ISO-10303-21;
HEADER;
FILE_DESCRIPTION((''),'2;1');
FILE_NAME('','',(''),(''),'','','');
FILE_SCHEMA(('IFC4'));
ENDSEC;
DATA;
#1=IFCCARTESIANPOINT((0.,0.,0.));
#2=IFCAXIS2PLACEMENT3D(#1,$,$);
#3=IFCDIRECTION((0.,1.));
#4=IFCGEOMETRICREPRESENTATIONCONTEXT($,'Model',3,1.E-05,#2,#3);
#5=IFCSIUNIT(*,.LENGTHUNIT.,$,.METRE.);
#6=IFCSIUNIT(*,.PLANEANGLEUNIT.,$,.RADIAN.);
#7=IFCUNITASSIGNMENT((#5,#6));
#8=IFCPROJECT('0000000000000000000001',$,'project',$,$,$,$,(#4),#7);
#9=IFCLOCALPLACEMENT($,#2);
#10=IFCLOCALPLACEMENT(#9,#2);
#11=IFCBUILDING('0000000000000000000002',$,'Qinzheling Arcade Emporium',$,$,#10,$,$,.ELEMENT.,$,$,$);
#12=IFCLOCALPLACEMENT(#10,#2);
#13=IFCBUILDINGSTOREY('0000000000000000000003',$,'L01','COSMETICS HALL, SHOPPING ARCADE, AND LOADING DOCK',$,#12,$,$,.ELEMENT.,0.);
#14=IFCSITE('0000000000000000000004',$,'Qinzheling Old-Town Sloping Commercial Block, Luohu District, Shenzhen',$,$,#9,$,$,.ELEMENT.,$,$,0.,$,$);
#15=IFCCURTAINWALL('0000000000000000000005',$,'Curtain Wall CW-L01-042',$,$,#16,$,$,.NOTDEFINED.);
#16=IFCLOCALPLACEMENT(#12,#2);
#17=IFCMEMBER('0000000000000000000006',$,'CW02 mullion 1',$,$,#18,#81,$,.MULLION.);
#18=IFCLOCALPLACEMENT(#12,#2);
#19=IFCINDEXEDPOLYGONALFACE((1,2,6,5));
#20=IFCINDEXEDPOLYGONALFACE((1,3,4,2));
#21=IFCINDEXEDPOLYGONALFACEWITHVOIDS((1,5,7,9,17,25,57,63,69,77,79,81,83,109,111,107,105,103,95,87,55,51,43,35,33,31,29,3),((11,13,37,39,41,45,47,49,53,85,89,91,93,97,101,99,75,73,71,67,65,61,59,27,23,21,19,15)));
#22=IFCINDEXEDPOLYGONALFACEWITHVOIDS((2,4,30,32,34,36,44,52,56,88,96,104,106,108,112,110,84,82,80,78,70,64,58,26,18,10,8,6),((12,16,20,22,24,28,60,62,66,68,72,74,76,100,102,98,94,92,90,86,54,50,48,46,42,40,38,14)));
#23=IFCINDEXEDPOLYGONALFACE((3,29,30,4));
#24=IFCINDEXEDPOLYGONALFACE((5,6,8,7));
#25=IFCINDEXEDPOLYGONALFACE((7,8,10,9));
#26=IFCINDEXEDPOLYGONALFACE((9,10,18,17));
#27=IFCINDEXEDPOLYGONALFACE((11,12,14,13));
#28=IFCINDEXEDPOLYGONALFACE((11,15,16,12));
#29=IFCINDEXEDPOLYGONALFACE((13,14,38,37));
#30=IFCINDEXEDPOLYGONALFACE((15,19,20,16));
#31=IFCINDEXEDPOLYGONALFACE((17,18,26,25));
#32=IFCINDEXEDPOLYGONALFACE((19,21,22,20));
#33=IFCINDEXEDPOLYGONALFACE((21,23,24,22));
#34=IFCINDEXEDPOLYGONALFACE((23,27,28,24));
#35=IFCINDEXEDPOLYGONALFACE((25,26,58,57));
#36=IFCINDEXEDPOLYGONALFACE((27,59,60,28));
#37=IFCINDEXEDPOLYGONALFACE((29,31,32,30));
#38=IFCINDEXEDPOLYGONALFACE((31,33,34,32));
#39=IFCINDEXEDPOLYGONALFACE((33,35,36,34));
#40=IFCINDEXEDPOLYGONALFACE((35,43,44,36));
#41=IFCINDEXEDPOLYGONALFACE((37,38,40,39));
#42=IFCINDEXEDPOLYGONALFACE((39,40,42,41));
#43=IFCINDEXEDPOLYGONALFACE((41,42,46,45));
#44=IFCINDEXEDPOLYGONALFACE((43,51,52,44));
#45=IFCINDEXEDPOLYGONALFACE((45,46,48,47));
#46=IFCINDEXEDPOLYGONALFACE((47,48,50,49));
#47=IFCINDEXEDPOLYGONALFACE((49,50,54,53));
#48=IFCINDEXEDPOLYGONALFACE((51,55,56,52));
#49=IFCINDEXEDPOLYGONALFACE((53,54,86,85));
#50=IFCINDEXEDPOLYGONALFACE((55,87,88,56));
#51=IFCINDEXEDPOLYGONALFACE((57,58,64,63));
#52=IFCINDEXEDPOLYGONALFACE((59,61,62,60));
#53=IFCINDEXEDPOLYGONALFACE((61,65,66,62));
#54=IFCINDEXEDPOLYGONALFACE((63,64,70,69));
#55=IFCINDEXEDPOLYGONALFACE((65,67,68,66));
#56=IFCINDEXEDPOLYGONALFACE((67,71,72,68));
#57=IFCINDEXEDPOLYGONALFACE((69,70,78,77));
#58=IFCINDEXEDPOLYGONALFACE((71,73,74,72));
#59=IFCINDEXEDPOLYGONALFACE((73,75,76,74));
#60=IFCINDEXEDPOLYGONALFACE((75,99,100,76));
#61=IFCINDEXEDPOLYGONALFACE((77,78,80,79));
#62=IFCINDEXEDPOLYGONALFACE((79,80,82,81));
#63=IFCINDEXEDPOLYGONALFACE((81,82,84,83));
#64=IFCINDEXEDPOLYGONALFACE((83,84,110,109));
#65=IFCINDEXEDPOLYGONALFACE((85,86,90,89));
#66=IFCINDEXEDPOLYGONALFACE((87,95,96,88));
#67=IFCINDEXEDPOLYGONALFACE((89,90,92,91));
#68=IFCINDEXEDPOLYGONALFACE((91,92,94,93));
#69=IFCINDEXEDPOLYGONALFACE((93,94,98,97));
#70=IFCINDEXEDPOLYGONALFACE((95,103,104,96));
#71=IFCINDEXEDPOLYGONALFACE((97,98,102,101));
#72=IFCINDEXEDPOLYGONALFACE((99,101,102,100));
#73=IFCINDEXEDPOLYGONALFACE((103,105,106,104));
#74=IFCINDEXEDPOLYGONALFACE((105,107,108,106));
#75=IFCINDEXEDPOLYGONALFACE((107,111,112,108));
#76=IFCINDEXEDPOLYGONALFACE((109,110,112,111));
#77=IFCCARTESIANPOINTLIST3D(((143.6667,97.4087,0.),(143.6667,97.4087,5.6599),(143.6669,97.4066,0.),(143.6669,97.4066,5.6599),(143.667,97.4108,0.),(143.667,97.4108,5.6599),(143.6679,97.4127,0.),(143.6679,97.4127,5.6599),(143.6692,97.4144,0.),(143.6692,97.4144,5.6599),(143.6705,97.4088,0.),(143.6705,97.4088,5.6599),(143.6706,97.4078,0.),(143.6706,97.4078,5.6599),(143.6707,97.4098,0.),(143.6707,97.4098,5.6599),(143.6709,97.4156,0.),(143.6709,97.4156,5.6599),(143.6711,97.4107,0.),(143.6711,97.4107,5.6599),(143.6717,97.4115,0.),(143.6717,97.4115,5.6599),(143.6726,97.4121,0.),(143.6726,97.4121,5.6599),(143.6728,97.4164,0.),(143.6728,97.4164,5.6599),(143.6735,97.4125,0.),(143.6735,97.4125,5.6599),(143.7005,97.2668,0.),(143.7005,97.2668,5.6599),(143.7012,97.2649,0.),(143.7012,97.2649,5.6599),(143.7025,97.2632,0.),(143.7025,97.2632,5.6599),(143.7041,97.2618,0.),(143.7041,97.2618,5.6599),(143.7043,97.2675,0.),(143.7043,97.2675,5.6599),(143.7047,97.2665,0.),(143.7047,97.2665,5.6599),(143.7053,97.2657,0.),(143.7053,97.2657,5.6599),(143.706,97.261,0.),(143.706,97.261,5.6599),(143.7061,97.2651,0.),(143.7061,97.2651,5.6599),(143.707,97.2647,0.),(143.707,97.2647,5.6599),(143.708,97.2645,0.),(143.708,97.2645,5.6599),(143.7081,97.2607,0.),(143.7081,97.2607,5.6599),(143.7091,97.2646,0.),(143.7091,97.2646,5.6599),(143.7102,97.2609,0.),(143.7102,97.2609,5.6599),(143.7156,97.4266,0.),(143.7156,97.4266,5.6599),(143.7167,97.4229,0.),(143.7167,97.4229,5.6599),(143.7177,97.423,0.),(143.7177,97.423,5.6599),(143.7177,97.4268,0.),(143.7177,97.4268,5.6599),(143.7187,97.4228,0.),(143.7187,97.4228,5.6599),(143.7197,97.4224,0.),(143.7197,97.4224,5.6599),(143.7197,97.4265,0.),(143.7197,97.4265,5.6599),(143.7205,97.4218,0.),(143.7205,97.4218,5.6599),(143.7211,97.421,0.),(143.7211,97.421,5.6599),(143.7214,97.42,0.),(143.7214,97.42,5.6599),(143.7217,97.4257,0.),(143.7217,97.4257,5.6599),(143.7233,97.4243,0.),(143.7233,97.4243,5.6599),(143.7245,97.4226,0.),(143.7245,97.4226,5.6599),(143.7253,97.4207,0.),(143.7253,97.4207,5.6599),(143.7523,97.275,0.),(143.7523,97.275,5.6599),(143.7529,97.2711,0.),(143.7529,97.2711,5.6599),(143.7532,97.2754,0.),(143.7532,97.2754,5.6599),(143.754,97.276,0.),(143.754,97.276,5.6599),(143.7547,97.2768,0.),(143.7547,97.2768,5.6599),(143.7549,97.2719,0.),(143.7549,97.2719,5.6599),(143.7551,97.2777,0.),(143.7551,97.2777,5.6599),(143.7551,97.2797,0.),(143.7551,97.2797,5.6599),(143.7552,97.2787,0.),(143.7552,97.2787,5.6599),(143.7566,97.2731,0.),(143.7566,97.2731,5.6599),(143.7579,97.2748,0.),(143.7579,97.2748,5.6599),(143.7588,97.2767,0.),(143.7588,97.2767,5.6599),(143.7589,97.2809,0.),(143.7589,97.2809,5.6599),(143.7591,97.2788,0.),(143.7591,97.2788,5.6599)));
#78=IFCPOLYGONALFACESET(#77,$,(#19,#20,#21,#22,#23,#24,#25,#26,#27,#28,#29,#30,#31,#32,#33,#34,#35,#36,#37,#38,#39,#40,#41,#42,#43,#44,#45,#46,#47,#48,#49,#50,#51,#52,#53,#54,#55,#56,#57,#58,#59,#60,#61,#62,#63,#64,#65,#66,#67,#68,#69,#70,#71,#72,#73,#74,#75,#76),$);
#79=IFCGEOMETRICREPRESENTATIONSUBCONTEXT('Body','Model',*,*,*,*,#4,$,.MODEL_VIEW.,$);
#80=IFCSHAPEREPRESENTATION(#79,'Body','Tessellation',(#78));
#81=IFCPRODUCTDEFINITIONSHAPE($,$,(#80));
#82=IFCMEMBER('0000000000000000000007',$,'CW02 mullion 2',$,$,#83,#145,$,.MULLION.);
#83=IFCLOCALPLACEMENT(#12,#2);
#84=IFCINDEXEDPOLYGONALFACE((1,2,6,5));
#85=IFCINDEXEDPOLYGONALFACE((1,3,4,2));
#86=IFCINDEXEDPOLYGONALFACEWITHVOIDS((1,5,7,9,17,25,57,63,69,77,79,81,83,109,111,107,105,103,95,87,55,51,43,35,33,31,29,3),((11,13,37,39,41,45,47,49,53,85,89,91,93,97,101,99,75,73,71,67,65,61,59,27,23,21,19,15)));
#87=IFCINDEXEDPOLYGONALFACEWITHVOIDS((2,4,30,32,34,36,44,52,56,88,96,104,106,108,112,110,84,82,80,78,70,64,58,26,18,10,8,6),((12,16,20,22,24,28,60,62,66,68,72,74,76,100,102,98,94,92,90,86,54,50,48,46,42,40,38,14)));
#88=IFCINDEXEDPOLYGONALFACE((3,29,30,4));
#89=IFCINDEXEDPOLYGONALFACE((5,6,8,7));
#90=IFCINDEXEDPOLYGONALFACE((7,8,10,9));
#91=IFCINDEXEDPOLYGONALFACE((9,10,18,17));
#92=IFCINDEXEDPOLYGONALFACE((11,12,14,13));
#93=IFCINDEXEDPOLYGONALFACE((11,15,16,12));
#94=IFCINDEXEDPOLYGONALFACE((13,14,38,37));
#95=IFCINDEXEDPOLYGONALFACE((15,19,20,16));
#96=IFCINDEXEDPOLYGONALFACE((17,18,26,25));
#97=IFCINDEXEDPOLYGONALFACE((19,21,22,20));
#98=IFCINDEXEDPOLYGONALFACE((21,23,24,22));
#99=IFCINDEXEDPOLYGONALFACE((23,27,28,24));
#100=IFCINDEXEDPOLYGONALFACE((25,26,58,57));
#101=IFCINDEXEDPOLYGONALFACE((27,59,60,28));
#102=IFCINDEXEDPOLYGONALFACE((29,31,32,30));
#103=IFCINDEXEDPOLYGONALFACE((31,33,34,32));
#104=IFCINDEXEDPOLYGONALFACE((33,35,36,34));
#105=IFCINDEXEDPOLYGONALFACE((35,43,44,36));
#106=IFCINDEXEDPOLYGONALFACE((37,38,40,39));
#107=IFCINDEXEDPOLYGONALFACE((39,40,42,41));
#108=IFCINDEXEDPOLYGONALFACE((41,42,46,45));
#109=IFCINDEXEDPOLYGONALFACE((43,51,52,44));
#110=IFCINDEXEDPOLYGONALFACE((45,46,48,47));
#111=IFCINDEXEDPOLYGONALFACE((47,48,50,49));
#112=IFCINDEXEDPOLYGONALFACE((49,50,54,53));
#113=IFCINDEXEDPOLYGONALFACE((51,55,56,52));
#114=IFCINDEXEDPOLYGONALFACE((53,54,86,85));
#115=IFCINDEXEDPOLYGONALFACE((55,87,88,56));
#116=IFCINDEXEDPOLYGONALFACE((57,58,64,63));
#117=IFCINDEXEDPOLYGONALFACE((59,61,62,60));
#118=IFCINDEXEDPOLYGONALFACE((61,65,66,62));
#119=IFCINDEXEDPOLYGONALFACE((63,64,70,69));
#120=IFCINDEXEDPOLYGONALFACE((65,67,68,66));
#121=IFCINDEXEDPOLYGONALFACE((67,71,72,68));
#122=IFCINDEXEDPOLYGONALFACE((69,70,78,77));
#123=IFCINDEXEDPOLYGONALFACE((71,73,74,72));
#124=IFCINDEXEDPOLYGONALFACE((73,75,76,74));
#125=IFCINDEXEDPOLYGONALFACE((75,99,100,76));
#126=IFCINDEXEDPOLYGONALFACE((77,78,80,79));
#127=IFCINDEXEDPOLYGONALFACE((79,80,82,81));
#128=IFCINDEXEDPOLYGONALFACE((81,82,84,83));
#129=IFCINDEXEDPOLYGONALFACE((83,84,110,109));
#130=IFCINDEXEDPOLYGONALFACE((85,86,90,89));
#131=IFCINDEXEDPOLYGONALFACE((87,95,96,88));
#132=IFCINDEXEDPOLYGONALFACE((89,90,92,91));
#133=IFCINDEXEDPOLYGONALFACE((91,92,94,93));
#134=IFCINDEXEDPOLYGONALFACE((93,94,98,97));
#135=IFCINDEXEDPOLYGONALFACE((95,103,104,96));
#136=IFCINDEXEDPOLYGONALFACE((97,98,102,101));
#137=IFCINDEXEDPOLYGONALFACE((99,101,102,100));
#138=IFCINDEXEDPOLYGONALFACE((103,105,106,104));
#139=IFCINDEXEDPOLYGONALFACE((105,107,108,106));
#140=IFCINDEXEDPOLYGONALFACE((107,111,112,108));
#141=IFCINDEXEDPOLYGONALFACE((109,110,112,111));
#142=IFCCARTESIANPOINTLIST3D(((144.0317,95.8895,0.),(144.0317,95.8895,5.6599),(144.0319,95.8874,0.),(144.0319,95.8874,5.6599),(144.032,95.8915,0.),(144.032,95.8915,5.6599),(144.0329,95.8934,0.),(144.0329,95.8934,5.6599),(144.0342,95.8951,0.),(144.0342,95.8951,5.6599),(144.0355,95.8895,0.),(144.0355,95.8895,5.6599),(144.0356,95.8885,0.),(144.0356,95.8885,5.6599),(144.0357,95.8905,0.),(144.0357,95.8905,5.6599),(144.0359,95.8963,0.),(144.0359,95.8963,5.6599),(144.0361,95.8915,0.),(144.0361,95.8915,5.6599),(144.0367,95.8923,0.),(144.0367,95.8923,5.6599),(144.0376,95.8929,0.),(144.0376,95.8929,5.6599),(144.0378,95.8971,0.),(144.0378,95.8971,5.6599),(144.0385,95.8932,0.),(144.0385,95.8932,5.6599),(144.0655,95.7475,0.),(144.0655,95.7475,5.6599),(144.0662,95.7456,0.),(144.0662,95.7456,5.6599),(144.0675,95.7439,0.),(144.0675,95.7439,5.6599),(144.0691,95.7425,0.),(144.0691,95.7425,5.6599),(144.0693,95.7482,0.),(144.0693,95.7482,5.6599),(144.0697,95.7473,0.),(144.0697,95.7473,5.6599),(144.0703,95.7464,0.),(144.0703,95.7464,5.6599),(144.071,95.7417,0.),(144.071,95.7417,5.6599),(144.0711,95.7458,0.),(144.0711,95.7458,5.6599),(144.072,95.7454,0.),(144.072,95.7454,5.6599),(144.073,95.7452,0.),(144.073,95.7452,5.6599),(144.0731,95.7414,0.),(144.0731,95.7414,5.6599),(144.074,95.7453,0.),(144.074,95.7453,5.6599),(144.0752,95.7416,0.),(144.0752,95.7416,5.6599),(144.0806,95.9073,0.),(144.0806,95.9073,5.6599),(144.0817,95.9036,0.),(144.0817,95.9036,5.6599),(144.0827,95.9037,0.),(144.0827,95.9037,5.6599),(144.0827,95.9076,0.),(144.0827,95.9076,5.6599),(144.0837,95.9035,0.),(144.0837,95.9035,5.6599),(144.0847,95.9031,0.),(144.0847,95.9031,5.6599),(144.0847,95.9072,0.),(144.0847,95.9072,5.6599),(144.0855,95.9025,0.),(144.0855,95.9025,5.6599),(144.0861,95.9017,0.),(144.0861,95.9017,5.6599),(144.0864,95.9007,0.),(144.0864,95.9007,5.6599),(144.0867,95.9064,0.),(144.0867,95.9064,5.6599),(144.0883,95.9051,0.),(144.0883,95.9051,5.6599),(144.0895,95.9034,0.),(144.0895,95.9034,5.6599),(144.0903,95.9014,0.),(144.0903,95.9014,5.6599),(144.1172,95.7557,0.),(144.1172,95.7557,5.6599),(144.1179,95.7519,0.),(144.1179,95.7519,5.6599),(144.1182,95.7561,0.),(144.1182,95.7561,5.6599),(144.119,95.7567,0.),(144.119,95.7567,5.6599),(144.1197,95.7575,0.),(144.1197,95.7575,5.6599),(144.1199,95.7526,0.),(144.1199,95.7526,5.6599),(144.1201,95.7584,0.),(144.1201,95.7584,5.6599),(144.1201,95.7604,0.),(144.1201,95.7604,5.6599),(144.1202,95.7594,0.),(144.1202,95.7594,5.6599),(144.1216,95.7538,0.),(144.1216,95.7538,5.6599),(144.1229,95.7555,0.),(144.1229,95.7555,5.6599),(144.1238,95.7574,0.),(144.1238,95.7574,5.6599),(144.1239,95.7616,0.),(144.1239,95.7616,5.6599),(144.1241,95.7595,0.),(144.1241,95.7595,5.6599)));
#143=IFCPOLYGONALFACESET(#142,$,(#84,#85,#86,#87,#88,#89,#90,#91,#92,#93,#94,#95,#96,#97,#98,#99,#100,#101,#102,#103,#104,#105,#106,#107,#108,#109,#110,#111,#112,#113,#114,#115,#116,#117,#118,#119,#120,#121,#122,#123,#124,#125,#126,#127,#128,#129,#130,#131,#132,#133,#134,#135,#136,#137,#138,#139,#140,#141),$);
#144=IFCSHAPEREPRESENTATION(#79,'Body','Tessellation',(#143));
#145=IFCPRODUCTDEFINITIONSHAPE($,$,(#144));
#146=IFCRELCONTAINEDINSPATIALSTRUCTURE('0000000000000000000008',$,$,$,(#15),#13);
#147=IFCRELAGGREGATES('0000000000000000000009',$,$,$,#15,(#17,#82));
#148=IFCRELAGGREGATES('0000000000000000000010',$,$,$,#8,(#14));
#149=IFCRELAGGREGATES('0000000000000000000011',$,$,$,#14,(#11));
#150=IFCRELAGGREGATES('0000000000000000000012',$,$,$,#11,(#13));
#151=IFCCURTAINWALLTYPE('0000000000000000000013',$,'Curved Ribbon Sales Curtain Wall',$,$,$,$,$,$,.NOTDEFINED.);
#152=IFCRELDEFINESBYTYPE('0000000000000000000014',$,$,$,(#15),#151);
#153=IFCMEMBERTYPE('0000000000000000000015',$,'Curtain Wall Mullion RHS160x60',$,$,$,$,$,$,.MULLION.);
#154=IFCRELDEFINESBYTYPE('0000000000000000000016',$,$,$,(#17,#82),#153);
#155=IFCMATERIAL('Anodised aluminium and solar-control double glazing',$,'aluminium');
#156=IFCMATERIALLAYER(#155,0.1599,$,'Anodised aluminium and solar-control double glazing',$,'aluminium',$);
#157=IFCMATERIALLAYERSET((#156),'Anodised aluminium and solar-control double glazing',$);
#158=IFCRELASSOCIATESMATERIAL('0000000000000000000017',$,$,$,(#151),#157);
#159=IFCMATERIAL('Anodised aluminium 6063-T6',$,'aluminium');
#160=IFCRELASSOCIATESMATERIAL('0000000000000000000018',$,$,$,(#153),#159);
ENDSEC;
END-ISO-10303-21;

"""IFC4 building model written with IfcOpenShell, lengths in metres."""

from ifc_helpers import new_model, si_unit, direction, frame, origin, origin_2d, place, context, subcontext, project, spatial, hollow_rectangle, extrude, material, layer, layer_set, material_profile, profile_set, type_object, element, aggregate, save


model = new_model("IFC4")

# Units and contexts
model_context = context("Model", 3, precision=1e-05, world=origin(), true_north=direction((0.0, 1.0)))
body_context = subcontext(model_context, "Body", "Model", "MODEL_VIEW")
ifc_project = project(units=[si_unit("LENGTHUNIT", "METRE"), si_unit("PLANEANGLEUNIT", "RADIAN")], contexts=[model_context])

# Site, building, storey
site_placement = place(None, origin())
site = spatial("IfcSite", under=ifc_project, at=site_placement, Name="Qinzheling Old-Town Sloping Commercial Block, Luohu District, Shenzhen", CompositionType="ELEMENT", RefElevation=0.0)
building_placement = place(site_placement, origin())
building = spatial("IfcBuilding", under=site, at=building_placement, Name="Qinzheling Arcade Emporium", CompositionType="ELEMENT")
storey_placement = place(building_placement, origin())
storey = spatial("IfcBuildingStorey", under=building, at=storey_placement, Name="L01", Description="COSMETICS HALL, SHOPPING ARCADE, AND LOADING DOCK", CompositionType="ELEMENT", Elevation=0.0)

# Curtain wall, members
ifc_material_1 = material(Name="Anodised aluminium and solar-control double glazing", Category="aluminium")
ifc_layer_1 = layer(ifc_material_1, 0.1599, Name="Anodised aluminium and solar-control double glazing", Category="aluminium")
ifc_layer_set_1 = layer_set([ifc_layer_1], Name="Anodised aluminium and solar-control double glazing")
curtain_wall_type = type_object("IfcCurtainWallType", Name="Curved Ribbon Sales Curtain Wall", PredefinedType="NOTDEFINED", material=ifc_layer_set_1)
ifc_material_2 = material(Name="Anodised aluminium 6063-T6", Category="aluminium")
ifc_material_profile_1 = material_profile(ifc_material_2, hollow_rectangle(XDim=0.0601, YDim=0.1599, WallThickness=0.0039, InnerFilletRadius=0.0039, OuterFilletRadius=0.0081, at=origin_2d()), Name="RHS 160x60x4", Category="aluminium")
ifc_profile_set_1 = profile_set([ifc_material_profile_1], Name="Anodised aluminium 6063-T6")
member_type_1 = type_object("IfcMemberType", Name="Curtain Wall Mullion RHS160x60", PredefinedType="MULLION", material=ifc_profile_set_1)
curtain_wall_1_placement = place(storey_placement, origin())
curtain_wall_1 = element("IfcCurtainWall", 1, at=curtain_wall_1_placement, inside=storey, type_object=curtain_wall_type, Name="Curtain Wall CW-L01-042", PredefinedType="NOTDEFINED")
member_1_placement = place(storey_placement, frame((143.7129, 97.3438, 0.0), z_axis=(0.0, 0.0, 1.0), x_axis=(0.972336, 0.233587, 0.0)))
member_1 = element("IfcMember", 2, at=member_1_placement, type_object=member_type_1, Name="CW02 mullion 1", PredefinedType="MULLION", context=body_context, shape_type="SweptSolid", body=[
    extrude(hollow_rectangle(XDim=0.0601, YDim=0.1599, WallThickness=0.0039, InnerFilletRadius=0.0039, OuterFilletRadius=0.0081, at=origin_2d()), origin(), (0.0, 0.0, 1.0), 5.6599),
])
member_2_placement = place(storey_placement, frame((144.0779, 95.8245, 0.0), z_axis=(0.0, 0.0, 1.0), x_axis=(0.972336, 0.233587, 0.0)))
member_2 = element("IfcMember", 3, at=member_2_placement, type_object=member_type_1, Name="CW02 mullion 2", PredefinedType="MULLION", context=body_context, shape_type="SweptSolid", body=[
    extrude(hollow_rectangle(XDim=0.0601, YDim=0.1599, WallThickness=0.0039, InnerFilletRadius=0.0039, OuterFilletRadius=0.0081, at=origin_2d()), origin(), (0.0, 0.0, 1.0), 5.6599),
])

aggregate(curtain_wall_1, [member_1, member_2])

save(model, "model.ifc")
